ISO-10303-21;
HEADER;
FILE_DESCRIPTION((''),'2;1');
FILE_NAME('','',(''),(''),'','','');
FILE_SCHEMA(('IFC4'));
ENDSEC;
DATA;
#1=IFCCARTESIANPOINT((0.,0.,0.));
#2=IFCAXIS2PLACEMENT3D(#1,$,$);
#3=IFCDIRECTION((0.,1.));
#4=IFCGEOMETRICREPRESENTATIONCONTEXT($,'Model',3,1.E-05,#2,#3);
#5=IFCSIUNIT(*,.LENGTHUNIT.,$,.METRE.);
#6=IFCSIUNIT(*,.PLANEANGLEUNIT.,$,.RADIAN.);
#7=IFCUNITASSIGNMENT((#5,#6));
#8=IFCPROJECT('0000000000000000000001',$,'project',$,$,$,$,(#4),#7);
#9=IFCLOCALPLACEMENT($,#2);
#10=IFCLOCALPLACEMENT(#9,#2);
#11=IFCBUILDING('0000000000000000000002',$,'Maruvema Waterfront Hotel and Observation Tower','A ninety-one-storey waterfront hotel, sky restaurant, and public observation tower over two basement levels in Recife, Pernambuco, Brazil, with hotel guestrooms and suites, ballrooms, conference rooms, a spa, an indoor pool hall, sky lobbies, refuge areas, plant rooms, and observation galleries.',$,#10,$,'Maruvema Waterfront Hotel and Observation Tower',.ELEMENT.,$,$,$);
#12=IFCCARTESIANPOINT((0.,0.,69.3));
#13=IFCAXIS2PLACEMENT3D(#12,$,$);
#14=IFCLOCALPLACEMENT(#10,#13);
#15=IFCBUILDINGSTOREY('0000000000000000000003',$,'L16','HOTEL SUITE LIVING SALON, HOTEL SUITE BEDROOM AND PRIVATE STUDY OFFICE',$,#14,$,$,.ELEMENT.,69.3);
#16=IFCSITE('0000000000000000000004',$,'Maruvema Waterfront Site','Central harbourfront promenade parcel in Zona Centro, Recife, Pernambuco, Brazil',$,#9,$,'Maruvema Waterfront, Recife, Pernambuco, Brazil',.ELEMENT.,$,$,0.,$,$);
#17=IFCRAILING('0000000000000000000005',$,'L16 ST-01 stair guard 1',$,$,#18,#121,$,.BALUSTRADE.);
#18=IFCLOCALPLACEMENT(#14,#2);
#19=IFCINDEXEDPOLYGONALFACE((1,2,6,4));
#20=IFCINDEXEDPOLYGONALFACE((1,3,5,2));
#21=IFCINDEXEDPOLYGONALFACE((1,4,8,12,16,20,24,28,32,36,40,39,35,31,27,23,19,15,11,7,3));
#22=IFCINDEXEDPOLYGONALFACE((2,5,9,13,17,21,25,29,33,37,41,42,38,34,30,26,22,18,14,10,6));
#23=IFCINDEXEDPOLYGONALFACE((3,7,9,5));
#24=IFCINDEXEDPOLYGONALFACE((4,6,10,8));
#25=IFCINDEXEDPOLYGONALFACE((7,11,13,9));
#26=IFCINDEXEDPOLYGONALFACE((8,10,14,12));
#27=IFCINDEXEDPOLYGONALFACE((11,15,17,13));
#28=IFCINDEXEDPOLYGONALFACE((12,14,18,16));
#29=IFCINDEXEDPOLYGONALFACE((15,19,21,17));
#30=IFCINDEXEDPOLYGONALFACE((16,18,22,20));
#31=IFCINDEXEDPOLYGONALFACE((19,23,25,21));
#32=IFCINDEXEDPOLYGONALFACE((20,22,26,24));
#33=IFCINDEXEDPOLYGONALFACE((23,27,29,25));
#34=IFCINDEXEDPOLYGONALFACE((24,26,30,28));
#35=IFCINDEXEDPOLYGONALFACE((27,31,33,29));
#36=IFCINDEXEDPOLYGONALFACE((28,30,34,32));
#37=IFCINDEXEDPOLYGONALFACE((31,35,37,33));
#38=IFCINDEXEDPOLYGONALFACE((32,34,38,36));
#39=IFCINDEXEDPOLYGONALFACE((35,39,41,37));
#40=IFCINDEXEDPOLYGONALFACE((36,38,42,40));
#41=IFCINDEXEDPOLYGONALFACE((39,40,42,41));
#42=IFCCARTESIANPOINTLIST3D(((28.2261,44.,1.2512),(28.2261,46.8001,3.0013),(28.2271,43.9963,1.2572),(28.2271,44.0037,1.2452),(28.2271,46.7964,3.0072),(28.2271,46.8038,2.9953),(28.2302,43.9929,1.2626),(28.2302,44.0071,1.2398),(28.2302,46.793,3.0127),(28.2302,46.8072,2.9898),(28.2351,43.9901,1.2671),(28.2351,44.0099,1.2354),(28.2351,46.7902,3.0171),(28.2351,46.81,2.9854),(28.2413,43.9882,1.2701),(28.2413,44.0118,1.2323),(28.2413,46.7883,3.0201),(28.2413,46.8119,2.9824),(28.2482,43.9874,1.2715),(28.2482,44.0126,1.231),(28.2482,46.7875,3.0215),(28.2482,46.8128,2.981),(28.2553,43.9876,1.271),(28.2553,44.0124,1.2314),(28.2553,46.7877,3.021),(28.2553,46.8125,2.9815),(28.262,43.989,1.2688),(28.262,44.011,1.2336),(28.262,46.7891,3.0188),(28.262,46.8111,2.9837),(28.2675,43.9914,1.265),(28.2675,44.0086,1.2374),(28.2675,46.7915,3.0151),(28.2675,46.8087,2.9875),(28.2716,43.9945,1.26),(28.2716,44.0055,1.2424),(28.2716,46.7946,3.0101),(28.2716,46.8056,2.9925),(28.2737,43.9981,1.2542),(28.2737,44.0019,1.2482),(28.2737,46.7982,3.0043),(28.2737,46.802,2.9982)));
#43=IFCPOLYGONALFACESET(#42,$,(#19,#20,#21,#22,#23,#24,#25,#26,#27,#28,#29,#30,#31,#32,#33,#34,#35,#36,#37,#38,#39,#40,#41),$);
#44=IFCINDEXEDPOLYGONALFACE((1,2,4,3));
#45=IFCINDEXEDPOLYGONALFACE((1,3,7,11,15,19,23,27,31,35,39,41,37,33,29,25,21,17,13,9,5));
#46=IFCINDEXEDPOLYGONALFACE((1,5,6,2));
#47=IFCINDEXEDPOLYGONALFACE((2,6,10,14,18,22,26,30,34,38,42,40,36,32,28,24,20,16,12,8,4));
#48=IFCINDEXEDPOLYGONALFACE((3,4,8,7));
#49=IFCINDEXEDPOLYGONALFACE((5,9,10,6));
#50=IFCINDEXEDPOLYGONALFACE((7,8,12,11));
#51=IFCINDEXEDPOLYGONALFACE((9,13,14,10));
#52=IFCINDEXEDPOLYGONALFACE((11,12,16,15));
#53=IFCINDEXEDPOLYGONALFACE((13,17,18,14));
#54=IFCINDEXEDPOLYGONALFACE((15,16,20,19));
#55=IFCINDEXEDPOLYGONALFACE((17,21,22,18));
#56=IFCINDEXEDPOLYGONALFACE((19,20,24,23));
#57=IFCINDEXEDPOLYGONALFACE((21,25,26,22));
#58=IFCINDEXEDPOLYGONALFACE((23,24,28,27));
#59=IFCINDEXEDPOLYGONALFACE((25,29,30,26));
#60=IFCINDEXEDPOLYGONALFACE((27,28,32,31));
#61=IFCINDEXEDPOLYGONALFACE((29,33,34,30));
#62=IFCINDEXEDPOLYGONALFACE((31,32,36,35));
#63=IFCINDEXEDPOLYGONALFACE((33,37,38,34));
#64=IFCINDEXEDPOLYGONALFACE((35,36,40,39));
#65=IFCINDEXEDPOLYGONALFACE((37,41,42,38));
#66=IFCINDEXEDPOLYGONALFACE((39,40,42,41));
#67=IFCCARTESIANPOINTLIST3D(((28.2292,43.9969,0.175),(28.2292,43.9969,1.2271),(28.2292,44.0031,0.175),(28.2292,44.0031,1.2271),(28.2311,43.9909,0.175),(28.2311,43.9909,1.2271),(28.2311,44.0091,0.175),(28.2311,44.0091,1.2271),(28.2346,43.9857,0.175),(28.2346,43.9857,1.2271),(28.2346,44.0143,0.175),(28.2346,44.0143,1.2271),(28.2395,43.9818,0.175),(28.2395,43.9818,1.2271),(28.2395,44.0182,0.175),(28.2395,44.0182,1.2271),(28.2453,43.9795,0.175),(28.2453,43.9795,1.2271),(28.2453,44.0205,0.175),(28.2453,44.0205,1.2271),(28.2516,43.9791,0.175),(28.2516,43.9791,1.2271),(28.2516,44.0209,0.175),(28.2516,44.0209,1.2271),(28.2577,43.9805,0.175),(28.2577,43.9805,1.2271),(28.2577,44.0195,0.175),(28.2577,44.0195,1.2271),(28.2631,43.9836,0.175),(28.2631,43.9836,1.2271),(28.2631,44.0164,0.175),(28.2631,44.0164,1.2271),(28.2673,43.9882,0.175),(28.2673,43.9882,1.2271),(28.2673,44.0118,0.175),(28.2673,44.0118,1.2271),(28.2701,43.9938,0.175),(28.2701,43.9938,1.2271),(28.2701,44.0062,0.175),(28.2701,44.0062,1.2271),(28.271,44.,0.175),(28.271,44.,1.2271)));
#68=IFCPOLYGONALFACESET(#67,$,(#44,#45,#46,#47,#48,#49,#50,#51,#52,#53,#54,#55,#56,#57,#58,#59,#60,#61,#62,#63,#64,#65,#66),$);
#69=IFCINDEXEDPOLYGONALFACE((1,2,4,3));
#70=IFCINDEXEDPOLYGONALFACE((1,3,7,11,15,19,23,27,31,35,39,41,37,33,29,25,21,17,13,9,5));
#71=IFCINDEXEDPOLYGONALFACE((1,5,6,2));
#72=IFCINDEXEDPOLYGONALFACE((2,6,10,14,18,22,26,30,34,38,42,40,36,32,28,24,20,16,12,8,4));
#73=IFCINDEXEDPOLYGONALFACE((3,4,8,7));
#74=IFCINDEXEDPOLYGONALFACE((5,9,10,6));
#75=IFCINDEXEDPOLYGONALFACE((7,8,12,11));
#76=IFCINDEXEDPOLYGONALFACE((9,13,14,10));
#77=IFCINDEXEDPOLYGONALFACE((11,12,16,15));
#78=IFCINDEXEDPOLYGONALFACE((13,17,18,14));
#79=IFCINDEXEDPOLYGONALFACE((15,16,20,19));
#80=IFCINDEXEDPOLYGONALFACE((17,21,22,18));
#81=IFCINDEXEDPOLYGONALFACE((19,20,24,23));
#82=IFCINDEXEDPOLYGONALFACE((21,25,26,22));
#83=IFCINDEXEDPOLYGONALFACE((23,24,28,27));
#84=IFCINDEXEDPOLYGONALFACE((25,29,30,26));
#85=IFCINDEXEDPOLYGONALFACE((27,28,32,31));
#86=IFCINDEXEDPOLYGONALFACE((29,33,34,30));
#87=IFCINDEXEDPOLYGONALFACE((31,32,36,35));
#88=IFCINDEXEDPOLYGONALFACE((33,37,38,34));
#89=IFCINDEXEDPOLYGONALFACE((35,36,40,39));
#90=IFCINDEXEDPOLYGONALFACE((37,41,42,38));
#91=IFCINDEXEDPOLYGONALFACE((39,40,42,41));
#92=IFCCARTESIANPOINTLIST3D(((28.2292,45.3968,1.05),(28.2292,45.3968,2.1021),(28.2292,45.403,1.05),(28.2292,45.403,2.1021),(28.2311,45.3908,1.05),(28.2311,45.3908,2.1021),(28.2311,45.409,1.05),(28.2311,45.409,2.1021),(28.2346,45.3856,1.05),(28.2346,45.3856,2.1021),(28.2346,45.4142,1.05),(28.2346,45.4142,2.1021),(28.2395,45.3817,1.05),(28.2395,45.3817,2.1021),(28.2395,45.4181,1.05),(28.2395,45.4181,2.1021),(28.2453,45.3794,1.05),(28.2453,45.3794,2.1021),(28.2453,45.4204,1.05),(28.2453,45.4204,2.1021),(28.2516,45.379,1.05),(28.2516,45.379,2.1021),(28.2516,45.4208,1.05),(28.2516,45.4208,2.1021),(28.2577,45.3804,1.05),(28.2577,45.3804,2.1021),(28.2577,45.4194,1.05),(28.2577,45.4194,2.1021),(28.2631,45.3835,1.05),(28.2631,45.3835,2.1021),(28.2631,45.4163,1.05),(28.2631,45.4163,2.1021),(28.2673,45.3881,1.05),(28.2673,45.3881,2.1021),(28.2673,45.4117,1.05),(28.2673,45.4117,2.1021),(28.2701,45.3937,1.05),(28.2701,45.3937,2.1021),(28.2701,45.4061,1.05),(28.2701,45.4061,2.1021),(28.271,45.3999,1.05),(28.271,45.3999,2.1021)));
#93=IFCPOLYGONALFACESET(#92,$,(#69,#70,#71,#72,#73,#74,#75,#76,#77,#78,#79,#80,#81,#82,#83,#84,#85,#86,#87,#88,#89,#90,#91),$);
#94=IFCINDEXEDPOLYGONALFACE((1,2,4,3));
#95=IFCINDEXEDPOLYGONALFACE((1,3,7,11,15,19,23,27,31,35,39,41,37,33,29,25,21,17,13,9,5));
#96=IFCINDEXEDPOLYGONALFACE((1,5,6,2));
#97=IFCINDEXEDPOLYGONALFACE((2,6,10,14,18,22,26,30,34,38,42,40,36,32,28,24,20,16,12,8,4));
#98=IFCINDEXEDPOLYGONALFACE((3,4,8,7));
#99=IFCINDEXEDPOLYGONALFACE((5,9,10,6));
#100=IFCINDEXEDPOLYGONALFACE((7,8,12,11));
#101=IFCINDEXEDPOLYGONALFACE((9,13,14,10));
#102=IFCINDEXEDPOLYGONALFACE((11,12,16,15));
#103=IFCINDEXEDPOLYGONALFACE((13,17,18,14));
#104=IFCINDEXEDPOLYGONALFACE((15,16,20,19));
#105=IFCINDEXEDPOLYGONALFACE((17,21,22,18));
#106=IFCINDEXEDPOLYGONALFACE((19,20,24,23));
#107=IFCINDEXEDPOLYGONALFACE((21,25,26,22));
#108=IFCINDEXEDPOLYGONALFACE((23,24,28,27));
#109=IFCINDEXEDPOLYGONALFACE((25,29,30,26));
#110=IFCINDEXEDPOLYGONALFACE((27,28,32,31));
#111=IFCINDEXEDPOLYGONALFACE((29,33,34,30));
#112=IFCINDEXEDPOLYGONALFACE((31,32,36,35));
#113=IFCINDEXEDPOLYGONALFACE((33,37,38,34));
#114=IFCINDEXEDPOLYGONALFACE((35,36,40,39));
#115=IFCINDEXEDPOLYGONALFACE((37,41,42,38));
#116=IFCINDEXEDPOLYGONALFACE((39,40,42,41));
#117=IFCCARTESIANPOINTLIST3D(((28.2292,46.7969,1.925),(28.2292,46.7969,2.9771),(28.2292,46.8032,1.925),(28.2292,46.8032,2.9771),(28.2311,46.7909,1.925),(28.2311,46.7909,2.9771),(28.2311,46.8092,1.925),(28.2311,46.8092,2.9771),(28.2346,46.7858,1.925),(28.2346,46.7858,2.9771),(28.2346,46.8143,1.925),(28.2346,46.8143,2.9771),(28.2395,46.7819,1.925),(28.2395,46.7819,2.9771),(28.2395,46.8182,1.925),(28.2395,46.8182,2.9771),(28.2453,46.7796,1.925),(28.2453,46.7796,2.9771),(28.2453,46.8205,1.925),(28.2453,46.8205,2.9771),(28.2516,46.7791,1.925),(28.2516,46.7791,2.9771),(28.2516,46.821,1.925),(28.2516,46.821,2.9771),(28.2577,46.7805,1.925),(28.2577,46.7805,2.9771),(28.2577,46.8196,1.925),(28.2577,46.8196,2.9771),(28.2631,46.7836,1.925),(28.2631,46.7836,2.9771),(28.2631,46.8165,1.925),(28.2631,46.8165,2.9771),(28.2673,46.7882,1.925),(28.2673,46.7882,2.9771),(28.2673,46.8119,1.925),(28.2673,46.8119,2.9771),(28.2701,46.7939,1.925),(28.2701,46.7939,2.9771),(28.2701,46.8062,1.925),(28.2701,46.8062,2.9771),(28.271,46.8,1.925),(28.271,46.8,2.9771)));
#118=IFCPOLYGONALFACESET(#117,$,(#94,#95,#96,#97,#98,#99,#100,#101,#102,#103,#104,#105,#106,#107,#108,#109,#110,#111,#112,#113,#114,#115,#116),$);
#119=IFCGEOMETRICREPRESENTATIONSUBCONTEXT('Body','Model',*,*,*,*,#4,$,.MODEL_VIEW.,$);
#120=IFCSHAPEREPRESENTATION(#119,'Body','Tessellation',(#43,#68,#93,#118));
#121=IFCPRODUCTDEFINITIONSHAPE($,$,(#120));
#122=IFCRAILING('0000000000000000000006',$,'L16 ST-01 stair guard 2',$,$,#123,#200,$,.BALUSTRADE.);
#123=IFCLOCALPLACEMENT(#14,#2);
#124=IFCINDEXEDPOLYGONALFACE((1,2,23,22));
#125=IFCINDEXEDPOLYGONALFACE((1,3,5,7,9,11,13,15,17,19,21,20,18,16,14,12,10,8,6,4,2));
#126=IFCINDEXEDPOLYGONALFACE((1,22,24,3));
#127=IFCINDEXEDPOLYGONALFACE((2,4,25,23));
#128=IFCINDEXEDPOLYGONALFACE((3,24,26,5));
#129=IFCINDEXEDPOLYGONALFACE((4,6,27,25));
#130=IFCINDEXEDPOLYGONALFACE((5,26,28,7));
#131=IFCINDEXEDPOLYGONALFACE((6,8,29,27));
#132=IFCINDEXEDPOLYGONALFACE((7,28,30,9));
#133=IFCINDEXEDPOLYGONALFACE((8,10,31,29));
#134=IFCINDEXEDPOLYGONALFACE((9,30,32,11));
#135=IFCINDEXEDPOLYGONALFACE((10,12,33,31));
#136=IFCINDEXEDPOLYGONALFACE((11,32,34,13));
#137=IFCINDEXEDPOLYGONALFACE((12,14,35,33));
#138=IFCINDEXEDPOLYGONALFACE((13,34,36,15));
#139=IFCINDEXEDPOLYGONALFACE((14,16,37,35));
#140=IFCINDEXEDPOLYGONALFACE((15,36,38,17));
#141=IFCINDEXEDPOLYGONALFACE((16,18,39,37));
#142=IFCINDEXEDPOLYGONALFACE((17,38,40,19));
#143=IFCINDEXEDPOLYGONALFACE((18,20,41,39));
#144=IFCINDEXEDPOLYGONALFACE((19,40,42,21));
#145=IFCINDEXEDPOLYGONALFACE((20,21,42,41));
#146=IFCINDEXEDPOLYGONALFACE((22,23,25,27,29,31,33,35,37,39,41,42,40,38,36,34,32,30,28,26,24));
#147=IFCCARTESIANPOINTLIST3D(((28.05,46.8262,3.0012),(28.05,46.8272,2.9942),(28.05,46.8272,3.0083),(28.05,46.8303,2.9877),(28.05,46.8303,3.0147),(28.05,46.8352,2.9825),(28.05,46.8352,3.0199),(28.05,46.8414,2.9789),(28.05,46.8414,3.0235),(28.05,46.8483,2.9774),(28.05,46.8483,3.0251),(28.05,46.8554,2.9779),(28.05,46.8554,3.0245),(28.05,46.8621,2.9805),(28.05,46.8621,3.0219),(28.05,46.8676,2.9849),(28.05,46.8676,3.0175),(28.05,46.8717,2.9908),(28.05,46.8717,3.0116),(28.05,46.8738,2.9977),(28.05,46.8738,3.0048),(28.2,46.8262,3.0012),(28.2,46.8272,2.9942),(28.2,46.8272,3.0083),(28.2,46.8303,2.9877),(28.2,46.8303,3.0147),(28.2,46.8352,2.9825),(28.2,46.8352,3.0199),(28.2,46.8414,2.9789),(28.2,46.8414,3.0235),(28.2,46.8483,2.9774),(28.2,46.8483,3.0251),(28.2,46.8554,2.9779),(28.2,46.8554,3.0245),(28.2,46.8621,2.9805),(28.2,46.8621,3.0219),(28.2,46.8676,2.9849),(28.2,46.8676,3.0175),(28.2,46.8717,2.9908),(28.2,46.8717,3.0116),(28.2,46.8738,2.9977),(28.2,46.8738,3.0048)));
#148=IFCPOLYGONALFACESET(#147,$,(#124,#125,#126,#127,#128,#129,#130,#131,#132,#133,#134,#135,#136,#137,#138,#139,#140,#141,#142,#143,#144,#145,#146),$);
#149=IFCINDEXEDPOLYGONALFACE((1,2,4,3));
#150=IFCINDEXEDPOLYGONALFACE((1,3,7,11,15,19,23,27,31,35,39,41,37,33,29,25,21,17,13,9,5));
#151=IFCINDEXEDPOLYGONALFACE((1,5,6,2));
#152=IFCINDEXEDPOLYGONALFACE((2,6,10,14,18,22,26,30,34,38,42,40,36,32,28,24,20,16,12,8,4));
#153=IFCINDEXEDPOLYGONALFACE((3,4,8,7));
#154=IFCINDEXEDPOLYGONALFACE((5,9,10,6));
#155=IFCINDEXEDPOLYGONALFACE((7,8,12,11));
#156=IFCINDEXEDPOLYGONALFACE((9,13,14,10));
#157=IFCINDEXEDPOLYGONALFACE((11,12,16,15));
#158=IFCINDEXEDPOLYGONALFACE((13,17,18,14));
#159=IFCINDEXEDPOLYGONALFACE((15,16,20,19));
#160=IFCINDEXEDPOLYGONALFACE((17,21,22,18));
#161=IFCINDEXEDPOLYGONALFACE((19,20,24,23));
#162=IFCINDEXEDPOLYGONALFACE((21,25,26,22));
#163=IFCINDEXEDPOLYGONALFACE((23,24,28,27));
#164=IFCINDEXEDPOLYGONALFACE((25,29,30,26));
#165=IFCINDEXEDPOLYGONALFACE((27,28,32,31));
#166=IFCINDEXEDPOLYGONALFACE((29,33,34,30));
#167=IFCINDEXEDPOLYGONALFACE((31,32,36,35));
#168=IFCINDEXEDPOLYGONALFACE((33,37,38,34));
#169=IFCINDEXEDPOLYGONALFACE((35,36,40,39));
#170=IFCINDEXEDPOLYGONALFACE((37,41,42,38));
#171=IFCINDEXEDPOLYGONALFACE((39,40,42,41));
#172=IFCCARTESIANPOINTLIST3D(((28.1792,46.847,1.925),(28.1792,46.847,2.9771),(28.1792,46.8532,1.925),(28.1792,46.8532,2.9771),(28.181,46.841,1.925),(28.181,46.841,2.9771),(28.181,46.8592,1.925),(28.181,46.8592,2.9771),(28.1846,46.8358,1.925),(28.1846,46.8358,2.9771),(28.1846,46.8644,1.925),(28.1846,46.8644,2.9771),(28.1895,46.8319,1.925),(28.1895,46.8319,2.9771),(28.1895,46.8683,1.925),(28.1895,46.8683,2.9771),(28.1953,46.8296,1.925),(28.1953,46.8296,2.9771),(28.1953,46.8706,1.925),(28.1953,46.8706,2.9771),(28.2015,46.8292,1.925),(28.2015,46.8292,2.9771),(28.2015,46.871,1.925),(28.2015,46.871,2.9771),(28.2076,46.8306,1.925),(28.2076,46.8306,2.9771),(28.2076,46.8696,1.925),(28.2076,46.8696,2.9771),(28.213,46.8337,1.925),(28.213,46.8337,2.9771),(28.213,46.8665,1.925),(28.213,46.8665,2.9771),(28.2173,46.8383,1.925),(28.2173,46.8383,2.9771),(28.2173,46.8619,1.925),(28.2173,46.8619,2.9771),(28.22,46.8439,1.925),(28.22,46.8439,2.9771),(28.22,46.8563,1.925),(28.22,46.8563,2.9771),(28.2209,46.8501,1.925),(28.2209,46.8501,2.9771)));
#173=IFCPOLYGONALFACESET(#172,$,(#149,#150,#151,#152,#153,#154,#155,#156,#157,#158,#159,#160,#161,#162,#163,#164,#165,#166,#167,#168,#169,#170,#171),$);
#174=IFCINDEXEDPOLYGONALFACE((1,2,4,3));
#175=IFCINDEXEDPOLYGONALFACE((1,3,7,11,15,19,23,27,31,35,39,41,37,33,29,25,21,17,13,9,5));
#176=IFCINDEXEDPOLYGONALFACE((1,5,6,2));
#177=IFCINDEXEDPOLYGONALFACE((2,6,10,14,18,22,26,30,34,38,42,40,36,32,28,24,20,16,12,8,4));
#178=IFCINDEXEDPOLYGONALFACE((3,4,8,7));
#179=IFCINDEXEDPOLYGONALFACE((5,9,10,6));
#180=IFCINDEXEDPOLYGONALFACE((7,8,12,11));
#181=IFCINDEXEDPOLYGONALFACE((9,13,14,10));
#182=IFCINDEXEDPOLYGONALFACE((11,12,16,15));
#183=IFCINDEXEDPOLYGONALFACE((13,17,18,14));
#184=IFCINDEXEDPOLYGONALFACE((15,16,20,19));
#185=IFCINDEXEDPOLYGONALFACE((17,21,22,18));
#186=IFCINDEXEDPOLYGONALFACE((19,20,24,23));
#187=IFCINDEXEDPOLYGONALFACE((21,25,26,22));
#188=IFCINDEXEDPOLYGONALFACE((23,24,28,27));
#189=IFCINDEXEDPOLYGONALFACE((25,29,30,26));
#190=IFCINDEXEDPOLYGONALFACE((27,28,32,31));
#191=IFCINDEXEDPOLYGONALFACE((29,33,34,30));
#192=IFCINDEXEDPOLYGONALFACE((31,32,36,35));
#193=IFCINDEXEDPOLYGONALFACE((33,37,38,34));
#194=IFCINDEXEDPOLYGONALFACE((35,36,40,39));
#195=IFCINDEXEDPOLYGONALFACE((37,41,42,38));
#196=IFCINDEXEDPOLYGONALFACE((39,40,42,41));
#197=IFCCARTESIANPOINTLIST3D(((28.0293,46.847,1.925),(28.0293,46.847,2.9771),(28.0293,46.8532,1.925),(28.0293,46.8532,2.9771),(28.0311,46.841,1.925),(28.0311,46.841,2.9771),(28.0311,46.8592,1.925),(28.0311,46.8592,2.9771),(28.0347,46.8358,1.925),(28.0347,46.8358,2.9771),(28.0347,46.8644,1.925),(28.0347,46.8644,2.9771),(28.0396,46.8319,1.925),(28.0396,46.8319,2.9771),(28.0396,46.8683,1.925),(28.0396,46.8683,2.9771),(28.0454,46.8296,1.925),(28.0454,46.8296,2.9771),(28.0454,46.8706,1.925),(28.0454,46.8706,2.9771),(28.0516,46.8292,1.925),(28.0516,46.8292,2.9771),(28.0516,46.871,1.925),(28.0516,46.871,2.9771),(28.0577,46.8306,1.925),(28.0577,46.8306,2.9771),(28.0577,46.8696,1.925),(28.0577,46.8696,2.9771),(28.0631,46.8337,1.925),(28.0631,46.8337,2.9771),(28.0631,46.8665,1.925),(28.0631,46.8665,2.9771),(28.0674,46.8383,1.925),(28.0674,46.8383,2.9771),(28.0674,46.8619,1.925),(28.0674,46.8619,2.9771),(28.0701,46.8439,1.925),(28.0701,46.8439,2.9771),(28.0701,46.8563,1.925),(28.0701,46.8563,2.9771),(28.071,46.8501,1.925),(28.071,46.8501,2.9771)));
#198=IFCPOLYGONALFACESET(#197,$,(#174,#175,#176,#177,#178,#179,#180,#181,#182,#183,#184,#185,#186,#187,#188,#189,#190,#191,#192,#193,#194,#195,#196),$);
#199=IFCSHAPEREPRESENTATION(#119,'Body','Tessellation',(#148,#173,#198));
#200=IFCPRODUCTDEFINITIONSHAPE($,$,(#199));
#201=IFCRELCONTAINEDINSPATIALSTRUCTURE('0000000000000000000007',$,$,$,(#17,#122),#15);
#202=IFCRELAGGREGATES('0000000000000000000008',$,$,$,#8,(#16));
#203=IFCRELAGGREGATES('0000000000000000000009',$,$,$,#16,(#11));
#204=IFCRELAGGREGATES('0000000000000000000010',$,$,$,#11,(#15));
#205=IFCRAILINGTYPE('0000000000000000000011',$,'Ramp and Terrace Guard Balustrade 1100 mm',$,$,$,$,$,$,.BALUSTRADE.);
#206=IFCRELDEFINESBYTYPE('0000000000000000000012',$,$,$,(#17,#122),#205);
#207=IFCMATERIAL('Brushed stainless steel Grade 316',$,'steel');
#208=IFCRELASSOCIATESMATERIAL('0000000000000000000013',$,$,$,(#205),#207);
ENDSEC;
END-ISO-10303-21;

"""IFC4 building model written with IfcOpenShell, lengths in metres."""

from ifc_helpers import new_model, si_unit, direction, frame, origin, origin_2d, place, context, subcontext, project, spatial, circle, extrude, material, type_object, element, save


model = new_model("IFC4")

# Units and contexts
model_context = context("Model", 3, precision=1e-05, world=origin(), true_north=direction((0.0, 1.0)))
body_context = subcontext(model_context, "Body", "Model", "MODEL_VIEW")
ifc_project = project(units=[si_unit("LENGTHUNIT", "METRE"), si_unit("PLANEANGLEUNIT", "RADIAN")], contexts=[model_context])

# Site, building, storey
site_placement = place(None, origin())
site = spatial("IfcSite", under=ifc_project, at=site_placement, Name="Maruvema Waterfront Site", Description="Central harbourfront promenade parcel in Zona Centro, Recife, Pernambuco, Brazil", LongName="Maruvema Waterfront, Recife, Pernambuco, Brazil", CompositionType="ELEMENT", RefElevation=0.0)
building_placement = place(site_placement, origin())
building = spatial("IfcBuilding", under=site, at=building_placement, Name="Maruvema Waterfront Hotel and Observation Tower", Description="A ninety-one-storey waterfront hotel, sky restaurant, and public observation tower over two basement levels in Recife, Pernambuco, Brazil, with hotel guestrooms and suites, ballrooms, conference rooms, a spa, an indoor pool hall, sky lobbies, refuge areas, plant rooms, and observation galleries.", LongName="Maruvema Waterfront Hotel and Observation Tower", CompositionType="ELEMENT")
storey_placement = place(building_placement, frame((0.0, 0.0, 69.3)))
storey = spatial("IfcBuildingStorey", under=building, at=storey_placement, Name="L16", Description="HOTEL SUITE LIVING SALON, HOTEL SUITE BEDROOM AND PRIVATE STUDY OFFICE", CompositionType="ELEMENT", Elevation=69.3)

# Railings
ifc_material_1 = material(Name="Brushed stainless steel Grade 316", Category="steel")
railing_type_1 = type_object("IfcRailingType", Name="Ramp and Terrace Guard Balustrade 1100 mm", PredefinedType="BALUSTRADE", material=ifc_material_1)
railing_1_placement = place(storey_placement, frame((28.25, 44.0, 0.175)))
element("IfcRailing", 1, at=railing_1_placement, inside=storey, type_object=railing_type_1, Name="L16 ST-01 stair guard 1", PredefinedType="BALUSTRADE", context=body_context, shape_type="SweptSolid", body=[
    extrude(circle(Radius=0.0239, at=origin_2d()), frame((0.0, 0.0, 1.0762), z_axis=(0.0, 0.848002, 0.529992), x_axis=(-1.0, 0.0, 0.0)), (0.0, 0.0, 1.0), 3.302),
    extrude(circle(Radius=0.021, at=origin_2d()), origin(), (0.0, 0.0, 1.0), 1.052),
    extrude(circle(Radius=0.021, at=origin_2d()), frame((0.0, 1.3999, 0.875)), (0.0, 0.0, 1.0), 1.052),
    extrude(circle(Radius=0.021, at=origin_2d()), frame((0.0, 2.8, 1.75)), (0.0, 0.0, 1.0), 1.052),
])
railing_2_placement = place(storey_placement, frame((28.2, 46.8501, 1.925)))
element("IfcRailing", 2, at=railing_2_placement, inside=storey, type_object=railing_type_1, Name="L16 ST-01 stair guard 2", PredefinedType="BALUSTRADE", context=body_context, shape_type="SweptSolid", body=[
    extrude(circle(Radius=0.0239, at=origin_2d()), frame((0.0, 0.0, 1.0762), z_axis=(-1.0, 0.0, 0.0), x_axis=(0.0, -1.0, 0.0)), (0.0, 0.0, 1.0), 0.1499),
    extrude(circle(Radius=0.021, at=origin_2d()), origin(), (0.0, 0.0, 1.0), 1.052),
    extrude(circle(Radius=0.021, at=origin_2d()), frame((-0.1499, 0.0, 0.0)), (0.0, 0.0, 1.0), 1.052),
])

save(model, "model.ifc")
